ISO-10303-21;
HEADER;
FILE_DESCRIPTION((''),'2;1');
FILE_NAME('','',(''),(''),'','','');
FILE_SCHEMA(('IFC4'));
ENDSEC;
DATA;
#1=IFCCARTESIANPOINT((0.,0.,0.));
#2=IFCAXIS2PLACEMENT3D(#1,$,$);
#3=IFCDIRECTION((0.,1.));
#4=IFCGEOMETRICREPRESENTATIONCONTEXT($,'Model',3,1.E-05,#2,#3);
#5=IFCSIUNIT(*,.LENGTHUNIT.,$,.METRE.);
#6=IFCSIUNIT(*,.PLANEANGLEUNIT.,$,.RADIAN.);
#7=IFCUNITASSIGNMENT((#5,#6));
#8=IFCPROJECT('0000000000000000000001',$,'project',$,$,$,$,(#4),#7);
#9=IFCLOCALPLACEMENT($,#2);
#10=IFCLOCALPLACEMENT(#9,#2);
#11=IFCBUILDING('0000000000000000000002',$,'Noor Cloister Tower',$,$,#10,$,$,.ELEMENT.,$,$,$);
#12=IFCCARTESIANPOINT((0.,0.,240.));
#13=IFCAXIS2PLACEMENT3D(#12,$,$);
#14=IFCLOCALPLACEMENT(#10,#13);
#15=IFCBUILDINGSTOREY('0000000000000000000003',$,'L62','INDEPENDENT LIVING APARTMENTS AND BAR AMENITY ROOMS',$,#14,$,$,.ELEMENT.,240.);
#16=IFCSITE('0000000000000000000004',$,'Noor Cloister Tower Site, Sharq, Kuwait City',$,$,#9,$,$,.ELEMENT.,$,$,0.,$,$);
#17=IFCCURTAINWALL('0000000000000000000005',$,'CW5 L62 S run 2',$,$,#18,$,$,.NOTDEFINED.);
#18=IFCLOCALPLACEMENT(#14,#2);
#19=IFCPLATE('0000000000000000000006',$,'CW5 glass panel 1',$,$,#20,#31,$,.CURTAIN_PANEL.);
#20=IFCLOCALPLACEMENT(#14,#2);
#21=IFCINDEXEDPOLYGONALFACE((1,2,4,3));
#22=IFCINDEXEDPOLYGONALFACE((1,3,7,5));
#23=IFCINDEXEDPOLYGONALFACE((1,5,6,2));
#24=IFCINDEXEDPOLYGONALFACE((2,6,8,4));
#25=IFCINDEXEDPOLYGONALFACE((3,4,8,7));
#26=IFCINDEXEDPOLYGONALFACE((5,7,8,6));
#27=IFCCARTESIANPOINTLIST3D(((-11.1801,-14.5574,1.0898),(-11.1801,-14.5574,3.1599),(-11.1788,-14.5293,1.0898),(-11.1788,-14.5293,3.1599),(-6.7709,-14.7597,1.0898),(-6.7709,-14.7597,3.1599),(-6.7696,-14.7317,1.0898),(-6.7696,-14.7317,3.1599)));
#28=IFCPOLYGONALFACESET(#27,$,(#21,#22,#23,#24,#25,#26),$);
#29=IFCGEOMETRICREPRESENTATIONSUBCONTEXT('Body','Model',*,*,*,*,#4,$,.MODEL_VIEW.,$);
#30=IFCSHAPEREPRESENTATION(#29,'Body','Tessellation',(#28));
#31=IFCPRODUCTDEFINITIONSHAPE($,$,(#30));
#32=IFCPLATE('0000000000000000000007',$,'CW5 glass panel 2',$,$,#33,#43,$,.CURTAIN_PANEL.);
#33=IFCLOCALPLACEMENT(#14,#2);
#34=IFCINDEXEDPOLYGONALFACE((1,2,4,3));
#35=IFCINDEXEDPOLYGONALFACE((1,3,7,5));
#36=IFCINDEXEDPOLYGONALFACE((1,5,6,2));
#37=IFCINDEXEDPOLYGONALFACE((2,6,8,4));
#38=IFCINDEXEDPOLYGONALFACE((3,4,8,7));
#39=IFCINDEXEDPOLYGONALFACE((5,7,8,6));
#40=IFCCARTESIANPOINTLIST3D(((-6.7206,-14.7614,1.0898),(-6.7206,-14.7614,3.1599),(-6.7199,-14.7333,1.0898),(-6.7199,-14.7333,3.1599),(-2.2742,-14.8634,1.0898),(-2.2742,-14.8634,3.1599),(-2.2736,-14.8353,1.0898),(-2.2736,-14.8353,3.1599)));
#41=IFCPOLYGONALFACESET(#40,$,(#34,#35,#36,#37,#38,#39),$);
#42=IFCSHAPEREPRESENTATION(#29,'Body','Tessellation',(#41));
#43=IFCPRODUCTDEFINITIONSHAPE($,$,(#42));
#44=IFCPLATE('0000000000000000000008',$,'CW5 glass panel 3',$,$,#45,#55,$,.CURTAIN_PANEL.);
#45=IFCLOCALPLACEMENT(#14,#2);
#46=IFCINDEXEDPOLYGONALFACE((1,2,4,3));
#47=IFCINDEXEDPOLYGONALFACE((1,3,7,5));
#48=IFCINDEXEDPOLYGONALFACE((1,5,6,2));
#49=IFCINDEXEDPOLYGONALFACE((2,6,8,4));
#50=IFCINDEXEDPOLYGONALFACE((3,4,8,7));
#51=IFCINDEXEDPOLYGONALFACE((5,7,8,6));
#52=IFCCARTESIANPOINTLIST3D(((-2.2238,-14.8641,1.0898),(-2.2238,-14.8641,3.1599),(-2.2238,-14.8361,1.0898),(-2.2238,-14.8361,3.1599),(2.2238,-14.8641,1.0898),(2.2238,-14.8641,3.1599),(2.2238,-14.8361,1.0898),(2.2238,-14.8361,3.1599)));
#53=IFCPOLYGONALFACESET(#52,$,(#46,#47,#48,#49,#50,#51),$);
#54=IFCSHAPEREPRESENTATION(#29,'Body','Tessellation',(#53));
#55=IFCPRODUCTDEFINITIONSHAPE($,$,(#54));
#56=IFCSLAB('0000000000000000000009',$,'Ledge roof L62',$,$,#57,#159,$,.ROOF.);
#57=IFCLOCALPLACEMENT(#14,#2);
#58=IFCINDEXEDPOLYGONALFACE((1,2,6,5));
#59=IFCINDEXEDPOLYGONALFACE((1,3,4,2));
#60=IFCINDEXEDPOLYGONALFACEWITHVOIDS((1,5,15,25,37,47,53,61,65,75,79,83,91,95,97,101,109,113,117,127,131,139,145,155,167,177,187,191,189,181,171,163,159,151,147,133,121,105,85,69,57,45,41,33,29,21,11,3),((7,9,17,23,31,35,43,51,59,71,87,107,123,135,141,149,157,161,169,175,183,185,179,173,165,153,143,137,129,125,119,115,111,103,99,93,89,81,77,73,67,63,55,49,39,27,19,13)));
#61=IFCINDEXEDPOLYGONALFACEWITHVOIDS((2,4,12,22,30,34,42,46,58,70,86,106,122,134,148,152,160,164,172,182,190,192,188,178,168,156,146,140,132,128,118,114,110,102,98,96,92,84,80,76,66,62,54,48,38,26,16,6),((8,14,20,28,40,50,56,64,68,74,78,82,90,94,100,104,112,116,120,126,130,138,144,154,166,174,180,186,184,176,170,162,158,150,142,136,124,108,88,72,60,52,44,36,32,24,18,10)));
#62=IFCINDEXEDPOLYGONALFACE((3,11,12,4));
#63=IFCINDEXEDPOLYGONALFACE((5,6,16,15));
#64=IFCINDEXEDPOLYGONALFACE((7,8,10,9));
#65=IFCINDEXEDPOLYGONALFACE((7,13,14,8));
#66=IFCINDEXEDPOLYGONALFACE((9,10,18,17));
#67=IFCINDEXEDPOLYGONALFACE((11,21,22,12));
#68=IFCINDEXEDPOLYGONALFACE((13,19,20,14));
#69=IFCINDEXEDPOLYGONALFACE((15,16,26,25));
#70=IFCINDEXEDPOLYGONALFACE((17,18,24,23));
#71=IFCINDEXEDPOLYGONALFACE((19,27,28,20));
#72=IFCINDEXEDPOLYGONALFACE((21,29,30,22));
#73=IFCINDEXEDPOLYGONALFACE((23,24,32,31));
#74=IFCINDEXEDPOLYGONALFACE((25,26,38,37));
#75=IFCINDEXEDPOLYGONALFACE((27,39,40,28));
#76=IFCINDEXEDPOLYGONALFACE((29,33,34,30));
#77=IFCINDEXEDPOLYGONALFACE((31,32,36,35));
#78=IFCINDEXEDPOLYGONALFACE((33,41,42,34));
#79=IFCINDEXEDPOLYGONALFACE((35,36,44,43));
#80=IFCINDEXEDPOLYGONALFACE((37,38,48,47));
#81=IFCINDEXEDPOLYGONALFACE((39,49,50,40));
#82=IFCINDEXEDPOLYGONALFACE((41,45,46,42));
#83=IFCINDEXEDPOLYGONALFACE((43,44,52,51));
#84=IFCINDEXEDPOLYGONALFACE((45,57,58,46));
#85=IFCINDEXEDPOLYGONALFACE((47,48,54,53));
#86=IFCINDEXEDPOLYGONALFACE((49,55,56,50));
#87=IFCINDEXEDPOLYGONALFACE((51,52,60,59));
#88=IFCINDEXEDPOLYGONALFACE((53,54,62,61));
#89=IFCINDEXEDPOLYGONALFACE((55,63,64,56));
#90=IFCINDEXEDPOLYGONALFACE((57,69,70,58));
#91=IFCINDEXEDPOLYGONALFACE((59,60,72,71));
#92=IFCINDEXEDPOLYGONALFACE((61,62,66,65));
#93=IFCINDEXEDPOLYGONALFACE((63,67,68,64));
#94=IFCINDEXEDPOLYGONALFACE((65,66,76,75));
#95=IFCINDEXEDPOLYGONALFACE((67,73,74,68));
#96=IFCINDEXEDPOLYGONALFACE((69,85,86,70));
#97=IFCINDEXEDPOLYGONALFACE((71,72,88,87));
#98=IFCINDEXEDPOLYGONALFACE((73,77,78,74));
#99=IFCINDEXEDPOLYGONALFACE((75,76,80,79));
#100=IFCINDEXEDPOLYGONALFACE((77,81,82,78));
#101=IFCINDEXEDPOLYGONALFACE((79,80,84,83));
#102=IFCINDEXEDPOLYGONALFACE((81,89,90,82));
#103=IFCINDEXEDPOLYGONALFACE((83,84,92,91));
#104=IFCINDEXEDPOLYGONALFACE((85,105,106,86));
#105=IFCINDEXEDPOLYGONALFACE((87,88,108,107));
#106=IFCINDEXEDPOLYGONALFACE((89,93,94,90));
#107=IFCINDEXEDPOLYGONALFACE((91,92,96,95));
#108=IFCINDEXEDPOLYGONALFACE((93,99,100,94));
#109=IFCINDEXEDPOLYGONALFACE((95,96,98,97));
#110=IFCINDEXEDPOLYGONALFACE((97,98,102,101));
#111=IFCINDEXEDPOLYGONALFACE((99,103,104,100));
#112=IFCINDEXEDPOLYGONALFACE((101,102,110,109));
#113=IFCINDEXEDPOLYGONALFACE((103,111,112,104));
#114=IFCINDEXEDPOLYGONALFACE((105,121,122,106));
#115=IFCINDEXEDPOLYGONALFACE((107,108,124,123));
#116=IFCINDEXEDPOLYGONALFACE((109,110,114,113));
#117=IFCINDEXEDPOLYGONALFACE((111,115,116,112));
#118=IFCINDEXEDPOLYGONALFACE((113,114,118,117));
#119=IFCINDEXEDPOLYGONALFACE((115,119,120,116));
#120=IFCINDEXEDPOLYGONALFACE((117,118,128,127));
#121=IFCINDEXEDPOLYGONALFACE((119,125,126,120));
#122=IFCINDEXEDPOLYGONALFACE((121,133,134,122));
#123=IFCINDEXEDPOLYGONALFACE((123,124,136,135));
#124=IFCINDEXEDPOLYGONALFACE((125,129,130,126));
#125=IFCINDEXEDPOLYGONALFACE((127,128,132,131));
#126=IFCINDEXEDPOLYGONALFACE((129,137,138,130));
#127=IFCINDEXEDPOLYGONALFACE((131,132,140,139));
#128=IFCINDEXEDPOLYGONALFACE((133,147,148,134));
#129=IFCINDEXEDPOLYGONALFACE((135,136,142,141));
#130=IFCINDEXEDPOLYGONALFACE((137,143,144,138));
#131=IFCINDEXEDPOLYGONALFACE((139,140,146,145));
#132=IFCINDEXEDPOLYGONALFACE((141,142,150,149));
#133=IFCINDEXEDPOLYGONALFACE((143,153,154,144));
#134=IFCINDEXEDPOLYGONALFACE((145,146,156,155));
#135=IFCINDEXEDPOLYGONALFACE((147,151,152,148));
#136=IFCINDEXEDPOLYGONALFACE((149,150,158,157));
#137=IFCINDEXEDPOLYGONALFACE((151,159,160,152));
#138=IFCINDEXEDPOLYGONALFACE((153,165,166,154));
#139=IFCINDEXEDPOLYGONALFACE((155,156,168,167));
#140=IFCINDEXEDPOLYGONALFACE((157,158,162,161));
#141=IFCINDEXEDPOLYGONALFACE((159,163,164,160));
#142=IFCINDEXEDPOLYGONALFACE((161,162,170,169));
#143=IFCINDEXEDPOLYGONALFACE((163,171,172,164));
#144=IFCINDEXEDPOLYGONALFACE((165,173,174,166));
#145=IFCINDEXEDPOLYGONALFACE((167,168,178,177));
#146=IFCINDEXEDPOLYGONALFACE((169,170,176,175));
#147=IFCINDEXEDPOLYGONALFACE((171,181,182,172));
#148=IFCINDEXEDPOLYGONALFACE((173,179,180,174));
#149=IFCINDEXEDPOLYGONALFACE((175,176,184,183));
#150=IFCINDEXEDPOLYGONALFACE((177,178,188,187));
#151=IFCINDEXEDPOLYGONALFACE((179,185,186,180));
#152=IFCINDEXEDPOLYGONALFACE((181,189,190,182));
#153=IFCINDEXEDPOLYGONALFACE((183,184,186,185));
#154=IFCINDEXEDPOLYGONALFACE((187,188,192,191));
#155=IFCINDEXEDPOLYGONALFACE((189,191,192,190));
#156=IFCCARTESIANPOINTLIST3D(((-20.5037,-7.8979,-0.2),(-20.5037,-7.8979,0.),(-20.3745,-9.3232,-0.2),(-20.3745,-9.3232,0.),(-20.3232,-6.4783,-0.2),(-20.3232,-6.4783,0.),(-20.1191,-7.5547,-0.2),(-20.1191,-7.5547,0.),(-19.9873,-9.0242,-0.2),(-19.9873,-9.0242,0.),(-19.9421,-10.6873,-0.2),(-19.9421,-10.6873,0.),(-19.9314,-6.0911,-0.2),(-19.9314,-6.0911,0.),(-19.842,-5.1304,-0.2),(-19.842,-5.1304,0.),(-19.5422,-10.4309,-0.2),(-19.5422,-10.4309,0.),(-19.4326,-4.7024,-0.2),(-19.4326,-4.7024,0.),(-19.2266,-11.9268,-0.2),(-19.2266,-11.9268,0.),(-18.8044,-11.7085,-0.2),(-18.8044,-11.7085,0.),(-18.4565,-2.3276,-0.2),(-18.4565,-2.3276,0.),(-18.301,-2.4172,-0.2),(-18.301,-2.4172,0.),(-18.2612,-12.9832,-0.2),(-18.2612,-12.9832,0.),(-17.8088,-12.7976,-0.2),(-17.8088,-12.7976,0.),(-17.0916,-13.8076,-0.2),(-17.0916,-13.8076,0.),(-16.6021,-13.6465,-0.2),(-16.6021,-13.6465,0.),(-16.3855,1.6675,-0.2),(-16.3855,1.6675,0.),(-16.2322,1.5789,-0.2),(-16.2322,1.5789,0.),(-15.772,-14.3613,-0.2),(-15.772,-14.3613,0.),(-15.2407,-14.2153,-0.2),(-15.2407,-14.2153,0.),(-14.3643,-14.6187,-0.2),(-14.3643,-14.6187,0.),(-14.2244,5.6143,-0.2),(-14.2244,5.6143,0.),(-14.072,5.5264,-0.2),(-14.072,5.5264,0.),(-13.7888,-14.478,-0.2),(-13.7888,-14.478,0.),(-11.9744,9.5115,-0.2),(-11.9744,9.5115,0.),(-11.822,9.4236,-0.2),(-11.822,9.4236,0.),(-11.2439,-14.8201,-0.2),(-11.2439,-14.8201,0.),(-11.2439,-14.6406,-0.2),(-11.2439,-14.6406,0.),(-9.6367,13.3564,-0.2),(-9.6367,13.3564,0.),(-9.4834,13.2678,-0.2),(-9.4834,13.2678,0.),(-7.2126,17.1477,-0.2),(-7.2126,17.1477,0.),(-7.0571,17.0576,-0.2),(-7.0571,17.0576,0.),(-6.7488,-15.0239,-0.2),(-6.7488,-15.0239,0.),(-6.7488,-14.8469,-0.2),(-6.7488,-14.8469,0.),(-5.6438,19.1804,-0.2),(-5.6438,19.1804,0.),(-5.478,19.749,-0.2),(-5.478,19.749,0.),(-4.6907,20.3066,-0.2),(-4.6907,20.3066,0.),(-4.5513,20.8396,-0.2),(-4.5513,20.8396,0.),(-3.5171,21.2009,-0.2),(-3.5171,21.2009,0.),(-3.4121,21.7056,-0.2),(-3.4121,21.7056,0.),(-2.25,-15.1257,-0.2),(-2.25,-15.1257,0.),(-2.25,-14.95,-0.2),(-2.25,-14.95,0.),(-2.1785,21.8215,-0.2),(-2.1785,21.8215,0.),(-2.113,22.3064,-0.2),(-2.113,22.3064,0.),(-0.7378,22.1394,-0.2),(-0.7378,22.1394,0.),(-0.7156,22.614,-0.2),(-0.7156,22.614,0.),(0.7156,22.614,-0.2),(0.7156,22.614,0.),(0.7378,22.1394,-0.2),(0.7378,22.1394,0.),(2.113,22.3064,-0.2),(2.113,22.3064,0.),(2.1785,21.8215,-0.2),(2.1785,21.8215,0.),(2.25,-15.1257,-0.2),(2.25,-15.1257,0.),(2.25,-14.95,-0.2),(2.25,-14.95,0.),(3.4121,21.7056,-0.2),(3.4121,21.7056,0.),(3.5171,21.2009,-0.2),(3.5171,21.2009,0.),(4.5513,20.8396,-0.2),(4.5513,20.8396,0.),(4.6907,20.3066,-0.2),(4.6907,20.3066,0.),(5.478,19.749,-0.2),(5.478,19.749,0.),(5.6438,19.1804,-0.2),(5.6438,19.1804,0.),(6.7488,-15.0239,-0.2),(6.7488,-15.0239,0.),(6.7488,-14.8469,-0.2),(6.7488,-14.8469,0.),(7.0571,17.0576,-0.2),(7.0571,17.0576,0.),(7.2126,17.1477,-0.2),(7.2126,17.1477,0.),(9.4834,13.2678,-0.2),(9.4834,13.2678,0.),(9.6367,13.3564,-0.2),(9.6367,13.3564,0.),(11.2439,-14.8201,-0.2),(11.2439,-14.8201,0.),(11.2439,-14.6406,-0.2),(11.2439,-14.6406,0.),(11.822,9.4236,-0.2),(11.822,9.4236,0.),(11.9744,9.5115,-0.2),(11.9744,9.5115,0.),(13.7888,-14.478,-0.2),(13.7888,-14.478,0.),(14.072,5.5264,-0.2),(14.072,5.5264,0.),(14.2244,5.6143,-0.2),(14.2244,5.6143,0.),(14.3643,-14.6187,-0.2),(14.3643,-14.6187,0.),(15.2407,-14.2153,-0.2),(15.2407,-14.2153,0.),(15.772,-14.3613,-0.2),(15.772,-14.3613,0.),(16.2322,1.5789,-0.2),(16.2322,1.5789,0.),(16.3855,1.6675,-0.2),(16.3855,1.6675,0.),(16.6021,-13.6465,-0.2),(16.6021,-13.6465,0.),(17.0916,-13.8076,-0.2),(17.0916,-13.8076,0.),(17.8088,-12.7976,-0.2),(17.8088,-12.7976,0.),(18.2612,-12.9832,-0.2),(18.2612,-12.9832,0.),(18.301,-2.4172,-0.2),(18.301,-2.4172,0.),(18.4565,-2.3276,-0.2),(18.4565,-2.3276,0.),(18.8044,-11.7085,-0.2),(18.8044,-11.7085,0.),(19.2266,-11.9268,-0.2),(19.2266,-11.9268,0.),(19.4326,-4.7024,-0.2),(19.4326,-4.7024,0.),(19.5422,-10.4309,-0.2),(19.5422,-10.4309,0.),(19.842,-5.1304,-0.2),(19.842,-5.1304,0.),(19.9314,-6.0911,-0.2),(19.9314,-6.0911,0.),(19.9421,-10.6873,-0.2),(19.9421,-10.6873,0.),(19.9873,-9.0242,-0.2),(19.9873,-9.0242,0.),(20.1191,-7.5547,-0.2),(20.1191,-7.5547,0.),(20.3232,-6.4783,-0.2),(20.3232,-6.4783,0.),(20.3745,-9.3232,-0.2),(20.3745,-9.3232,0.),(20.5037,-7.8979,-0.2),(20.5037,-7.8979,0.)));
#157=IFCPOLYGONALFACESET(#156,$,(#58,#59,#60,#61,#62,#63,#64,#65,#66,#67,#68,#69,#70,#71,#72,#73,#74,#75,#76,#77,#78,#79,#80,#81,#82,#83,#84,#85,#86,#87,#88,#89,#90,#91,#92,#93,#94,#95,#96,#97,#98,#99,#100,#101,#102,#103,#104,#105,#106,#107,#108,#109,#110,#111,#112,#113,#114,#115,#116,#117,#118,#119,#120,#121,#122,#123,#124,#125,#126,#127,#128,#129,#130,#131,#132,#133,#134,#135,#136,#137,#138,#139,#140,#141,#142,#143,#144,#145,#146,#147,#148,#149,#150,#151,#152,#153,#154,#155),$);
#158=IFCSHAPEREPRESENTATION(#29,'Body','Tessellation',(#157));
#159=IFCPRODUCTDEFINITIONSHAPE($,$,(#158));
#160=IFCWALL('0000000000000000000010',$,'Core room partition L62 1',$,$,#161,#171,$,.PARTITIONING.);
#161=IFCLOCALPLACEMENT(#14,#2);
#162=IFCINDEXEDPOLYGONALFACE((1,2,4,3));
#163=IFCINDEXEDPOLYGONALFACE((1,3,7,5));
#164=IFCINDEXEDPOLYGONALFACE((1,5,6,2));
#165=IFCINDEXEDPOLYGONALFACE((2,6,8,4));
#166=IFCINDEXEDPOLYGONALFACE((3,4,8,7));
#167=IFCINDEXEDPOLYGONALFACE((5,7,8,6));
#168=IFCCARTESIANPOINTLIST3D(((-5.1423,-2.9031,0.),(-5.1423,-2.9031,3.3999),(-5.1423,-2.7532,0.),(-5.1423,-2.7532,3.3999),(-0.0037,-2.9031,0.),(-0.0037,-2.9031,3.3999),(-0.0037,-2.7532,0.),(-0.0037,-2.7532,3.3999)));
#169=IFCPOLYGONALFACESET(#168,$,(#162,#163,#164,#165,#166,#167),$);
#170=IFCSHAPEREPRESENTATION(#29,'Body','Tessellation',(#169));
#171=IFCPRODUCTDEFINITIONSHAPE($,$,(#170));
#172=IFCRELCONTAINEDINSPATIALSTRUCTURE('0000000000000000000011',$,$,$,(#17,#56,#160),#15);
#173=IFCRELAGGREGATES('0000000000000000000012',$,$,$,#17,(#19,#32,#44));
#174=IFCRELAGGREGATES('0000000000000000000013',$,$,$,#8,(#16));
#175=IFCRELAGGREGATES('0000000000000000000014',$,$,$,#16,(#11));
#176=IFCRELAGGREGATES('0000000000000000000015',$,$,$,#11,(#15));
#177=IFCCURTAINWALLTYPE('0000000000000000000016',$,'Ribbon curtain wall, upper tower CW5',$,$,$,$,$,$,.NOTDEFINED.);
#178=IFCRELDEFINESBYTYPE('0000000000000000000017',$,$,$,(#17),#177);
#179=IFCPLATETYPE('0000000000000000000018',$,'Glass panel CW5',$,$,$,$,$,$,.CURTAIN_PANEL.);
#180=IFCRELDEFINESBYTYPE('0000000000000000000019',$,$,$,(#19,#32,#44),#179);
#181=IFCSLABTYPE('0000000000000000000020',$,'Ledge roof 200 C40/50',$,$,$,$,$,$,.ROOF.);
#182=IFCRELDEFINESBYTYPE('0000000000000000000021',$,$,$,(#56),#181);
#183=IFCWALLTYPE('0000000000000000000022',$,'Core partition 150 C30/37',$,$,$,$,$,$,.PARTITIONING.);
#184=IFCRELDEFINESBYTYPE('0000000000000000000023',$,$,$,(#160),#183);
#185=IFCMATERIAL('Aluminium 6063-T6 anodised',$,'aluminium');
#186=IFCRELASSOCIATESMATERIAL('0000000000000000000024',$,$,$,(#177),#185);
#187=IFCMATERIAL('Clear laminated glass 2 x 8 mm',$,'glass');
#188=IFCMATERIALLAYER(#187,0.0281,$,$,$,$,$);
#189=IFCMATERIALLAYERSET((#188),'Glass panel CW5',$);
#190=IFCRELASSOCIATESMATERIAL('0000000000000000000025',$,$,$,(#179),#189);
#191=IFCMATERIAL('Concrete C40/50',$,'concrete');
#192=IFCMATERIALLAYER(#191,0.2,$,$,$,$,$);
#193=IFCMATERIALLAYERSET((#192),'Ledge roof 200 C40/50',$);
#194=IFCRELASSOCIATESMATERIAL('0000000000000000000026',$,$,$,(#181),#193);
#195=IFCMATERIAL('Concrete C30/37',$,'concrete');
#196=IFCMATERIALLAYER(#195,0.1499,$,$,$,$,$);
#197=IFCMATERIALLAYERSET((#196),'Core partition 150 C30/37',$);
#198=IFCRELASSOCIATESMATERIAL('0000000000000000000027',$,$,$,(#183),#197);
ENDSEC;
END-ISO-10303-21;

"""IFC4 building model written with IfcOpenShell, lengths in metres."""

from ifc_helpers import new_model, si_unit, direction, frame, frame_2d, origin, origin_2d, place, context, subcontext, project, spatial, polyline, rectangle, outline, extrude, material, layer, layer_set, type_object, element, aggregate, save


model = new_model("IFC4")

# Units and contexts
model_context = context("Model", 3, precision=1e-05, world=origin(), true_north=direction((0.0, 1.0)))
body_context = subcontext(model_context, "Body", "Model", "MODEL_VIEW")
ifc_project = project(units=[si_unit("LENGTHUNIT", "METRE"), si_unit("PLANEANGLEUNIT", "RADIAN")], contexts=[model_context])

# Site, building, storey
site_placement = place(None, origin())
site = spatial("IfcSite", under=ifc_project, at=site_placement, Name="Noor Cloister Tower Site, Sharq, Kuwait City", CompositionType="ELEMENT", RefElevation=0.0)
building_placement = place(site_placement, origin())
building = spatial("IfcBuilding", under=site, at=building_placement, Name="Noor Cloister Tower", CompositionType="ELEMENT")
storey_placement = place(building_placement, frame((0.0, 0.0, 240.0)))
storey = spatial("IfcBuildingStorey", under=building, at=storey_placement, Name="L62", Description="INDEPENDENT LIVING APARTMENTS AND BAR AMENITY ROOMS", CompositionType="ELEMENT", Elevation=240.0)

# Curtain wall
ifc_material_1 = material(Name="Aluminium 6063-T6 anodised", Category="aluminium")
curtain_wall_type = type_object("IfcCurtainWallType", Name="Ribbon curtain wall, upper tower CW5", PredefinedType="NOTDEFINED", material=ifc_material_1)
curtain_wall_1_placement = place(storey_placement, origin())
curtain_wall_1 = element("IfcCurtainWall", 1, at=curtain_wall_1_placement, inside=storey, type_object=curtain_wall_type, Name="CW5 L62 S run 2", PredefinedType="NOTDEFINED")

# Plates
ifc_material_2 = material(Name="Clear laminated glass 2 x 8 mm", Category="glass")
ifc_layer_1 = layer(ifc_material_2, 0.0281)
ifc_layer_set_1 = layer_set([ifc_layer_1], Name="Glass panel CW5")
plate_type = type_object("IfcPlateType", Name="Glass panel CW5", PredefinedType="CURTAIN_PANEL", material=ifc_layer_set_1)
plate_1_placement = place(storey_placement, frame((-8.9749, -14.6445, 1.0898), z_axis=(0.0, 0.0, 1.0), x_axis=(0.998949, -0.045838, 0.0)))
plate_1 = element("IfcPlate", 2, at=plate_1_placement, type_object=plate_type, Name="CW5 glass panel 1", PredefinedType="CURTAIN_PANEL", context=body_context, shape_type="SweptSolid", body=[
    extrude(rectangle(XDim=4.4138, YDim=0.0281, at=origin_2d()), origin(), (0.0, 0.0, 1.0), 2.0701),
])
plate_2_placement = place(storey_placement, frame((-4.4971, -14.7983, 1.0898), z_axis=(0.0, 0.0, 1.0), x_axis=(0.999737, -0.022925, 0.0)))
plate_2 = element("IfcPlate", 3, at=plate_2_placement, type_object=plate_type, Name="CW5 glass panel 2", PredefinedType="CURTAIN_PANEL", context=body_context, shape_type="SweptSolid", body=[
    extrude(rectangle(XDim=4.4475, YDim=0.0281, at=origin_2d()), origin(), (0.0, 0.0, 1.0), 2.0701),
])
plate_3_placement = place(storey_placement, frame((0.0, -14.8501, 1.0898), z_axis=(0.0, 0.0, 1.0), x_axis=(1.0, 0.0, 0.0)))
plate_3 = element("IfcPlate", 4, at=plate_3_placement, type_object=plate_type, Name="CW5 glass panel 3", PredefinedType="CURTAIN_PANEL", context=body_context, shape_type="SweptSolid", body=[
    extrude(rectangle(XDim=4.4475, YDim=0.0281, at=origin_2d()), origin(), (0.0, 0.0, 1.0), 2.0701),
])
aggregate(curtain_wall_1, [plate_1, plate_2, plate_3])

# Slab
ifc_material_3 = material(Name="Concrete C40/50", Category="concrete")
ifc_layer_2 = layer(ifc_material_3, 0.2)
ifc_layer_set_2 = layer_set([ifc_layer_2], Name="Ledge roof 200 C40/50")
slab_type_1 = type_object("IfcSlabType", Name="Ledge roof 200 C40/50", PredefinedType="ROOF", material=ifc_layer_set_2)
slab_1_placement = place(storey_placement, frame((0.0, 0.0, -0.2)))
element("IfcSlab", 5, at=slab_1_placement, inside=storey, type_object=slab_type_1, Name="Ledge roof L62", PredefinedType="ROOF", context=body_context, shape_type="SweptSolid", body=[
    extrude(outline(polyline([(7.2126, 17.1477), (5.478, 19.749), (4.5513, 20.8396), (3.4121, 21.7056), (2.113, 22.3064), (0.7156, 22.614), (-0.7156, 22.614), (-2.113, 22.3064), (-3.4121, 21.7056), (-4.5513, 20.8396), (-5.478, 19.749), (-7.2126, 17.1477), (-9.6367, 13.3564), (-11.9744, 9.5115), (-14.2244, 5.6143), (-16.3855, 1.6675), (-18.4565, -2.3276), (-19.842, -5.1304), (-20.3232, -6.4783), (-20.5037, -7.8979), (-20.3745, -9.3232), (-19.9421, -10.6873), (-19.2266, -11.9268), (-18.2612, -12.9832), (-17.0916, -13.8076), (-15.772, -14.3613), (-14.3643, -14.6187), (-11.2439, -14.8201), (-6.7488, -15.0239), (-2.25, -15.1257), (2.25, -15.1257), (6.7488, -15.0239), (11.2439, -14.8201), (14.3643, -14.6187), (15.772, -14.3613), (17.0916, -13.8076), (18.2612, -12.9832), (19.2266, -11.9268), (19.9421, -10.6873), (20.3745, -9.3232), (20.5037, -7.8979), (20.3232, -6.4783), (19.842, -5.1304), (18.4565, -2.3276), (16.3855, 1.6675), (14.2244, 5.6143), (11.9744, 9.5115), (9.6367, 13.3564), (7.2126, 17.1477)]), holes=[polyline([(3.5171, 21.2009), (2.1785, 21.8215), (0.7378, 22.1394), (-0.7378, 22.1394), (-2.1785, 21.8215), (-3.5171, 21.2009), (-4.6907, 20.3066), (-5.6438, 19.1804), (-7.0571, 17.0576), (-9.4834, 13.2678), (-11.822, 9.4236), (-14.072, 5.5264), (-16.2322, 1.5789), (-18.301, -2.4172), (-19.4326, -4.7024), (-19.9314, -6.0911), (-20.1191, -7.5547), (-19.9873, -9.0242), (-19.5422, -10.4309), (-18.8044, -11.7085), (-17.8088, -12.7976), (-16.6021, -13.6465), (-15.2407, -14.2153), (-13.7888, -14.478), (-11.2439, -14.6406), (-6.7488, -14.8469), (-2.25, -14.95), (2.25, -14.95), (6.7488, -14.8469), (11.2439, -14.6406), (13.7888, -14.478), (15.2407, -14.2153), (16.6021, -13.6465), (17.8088, -12.7976), (18.8044, -11.7085), (19.5422, -10.4309), (19.9873, -9.0242), (20.1191, -7.5547), (19.9314, -6.0911), (19.4326, -4.7024), (18.301, -2.4172), (16.2322, 1.5789), (14.072, 5.5264), (11.822, 9.4236), (9.4834, 13.2678), (7.0571, 17.0576), (5.6438, 19.1804), (4.6907, 20.3066), (3.5171, 21.2009)])]), origin(), (0.0, 0.0, 1.0), 0.2),
])

# Wall
ifc_material_4 = material(Name="Concrete C30/37", Category="concrete")
ifc_layer_3 = layer(ifc_material_4, 0.1499)
ifc_layer_set_3 = layer_set([ifc_layer_3], Name="Core partition 150 C30/37")
wall_type_1 = type_object("IfcWallType", Name="Core partition 150 C30/37", PredefinedType="PARTITIONING", material=ifc_layer_set_3)
wall_1_placement = place(storey_placement, frame((-5.1423, -2.8281, 0.0), z_axis=(0.0, 0.0, 1.0), x_axis=(1.0, 0.0, 0.0)))
element("IfcWall", 6, at=wall_1_placement, inside=storey, type_object=wall_type_1, Name="Core room partition L62 1", PredefinedType="PARTITIONING", context=body_context, shape_type="SweptSolid", body=[
    extrude(rectangle(XDim=5.1387, YDim=0.1499, at=frame_2d((2.5693, 0.0))), origin(), (0.0, 0.0, 1.0), 3.3999),
])

save(model, "model.ifc")
